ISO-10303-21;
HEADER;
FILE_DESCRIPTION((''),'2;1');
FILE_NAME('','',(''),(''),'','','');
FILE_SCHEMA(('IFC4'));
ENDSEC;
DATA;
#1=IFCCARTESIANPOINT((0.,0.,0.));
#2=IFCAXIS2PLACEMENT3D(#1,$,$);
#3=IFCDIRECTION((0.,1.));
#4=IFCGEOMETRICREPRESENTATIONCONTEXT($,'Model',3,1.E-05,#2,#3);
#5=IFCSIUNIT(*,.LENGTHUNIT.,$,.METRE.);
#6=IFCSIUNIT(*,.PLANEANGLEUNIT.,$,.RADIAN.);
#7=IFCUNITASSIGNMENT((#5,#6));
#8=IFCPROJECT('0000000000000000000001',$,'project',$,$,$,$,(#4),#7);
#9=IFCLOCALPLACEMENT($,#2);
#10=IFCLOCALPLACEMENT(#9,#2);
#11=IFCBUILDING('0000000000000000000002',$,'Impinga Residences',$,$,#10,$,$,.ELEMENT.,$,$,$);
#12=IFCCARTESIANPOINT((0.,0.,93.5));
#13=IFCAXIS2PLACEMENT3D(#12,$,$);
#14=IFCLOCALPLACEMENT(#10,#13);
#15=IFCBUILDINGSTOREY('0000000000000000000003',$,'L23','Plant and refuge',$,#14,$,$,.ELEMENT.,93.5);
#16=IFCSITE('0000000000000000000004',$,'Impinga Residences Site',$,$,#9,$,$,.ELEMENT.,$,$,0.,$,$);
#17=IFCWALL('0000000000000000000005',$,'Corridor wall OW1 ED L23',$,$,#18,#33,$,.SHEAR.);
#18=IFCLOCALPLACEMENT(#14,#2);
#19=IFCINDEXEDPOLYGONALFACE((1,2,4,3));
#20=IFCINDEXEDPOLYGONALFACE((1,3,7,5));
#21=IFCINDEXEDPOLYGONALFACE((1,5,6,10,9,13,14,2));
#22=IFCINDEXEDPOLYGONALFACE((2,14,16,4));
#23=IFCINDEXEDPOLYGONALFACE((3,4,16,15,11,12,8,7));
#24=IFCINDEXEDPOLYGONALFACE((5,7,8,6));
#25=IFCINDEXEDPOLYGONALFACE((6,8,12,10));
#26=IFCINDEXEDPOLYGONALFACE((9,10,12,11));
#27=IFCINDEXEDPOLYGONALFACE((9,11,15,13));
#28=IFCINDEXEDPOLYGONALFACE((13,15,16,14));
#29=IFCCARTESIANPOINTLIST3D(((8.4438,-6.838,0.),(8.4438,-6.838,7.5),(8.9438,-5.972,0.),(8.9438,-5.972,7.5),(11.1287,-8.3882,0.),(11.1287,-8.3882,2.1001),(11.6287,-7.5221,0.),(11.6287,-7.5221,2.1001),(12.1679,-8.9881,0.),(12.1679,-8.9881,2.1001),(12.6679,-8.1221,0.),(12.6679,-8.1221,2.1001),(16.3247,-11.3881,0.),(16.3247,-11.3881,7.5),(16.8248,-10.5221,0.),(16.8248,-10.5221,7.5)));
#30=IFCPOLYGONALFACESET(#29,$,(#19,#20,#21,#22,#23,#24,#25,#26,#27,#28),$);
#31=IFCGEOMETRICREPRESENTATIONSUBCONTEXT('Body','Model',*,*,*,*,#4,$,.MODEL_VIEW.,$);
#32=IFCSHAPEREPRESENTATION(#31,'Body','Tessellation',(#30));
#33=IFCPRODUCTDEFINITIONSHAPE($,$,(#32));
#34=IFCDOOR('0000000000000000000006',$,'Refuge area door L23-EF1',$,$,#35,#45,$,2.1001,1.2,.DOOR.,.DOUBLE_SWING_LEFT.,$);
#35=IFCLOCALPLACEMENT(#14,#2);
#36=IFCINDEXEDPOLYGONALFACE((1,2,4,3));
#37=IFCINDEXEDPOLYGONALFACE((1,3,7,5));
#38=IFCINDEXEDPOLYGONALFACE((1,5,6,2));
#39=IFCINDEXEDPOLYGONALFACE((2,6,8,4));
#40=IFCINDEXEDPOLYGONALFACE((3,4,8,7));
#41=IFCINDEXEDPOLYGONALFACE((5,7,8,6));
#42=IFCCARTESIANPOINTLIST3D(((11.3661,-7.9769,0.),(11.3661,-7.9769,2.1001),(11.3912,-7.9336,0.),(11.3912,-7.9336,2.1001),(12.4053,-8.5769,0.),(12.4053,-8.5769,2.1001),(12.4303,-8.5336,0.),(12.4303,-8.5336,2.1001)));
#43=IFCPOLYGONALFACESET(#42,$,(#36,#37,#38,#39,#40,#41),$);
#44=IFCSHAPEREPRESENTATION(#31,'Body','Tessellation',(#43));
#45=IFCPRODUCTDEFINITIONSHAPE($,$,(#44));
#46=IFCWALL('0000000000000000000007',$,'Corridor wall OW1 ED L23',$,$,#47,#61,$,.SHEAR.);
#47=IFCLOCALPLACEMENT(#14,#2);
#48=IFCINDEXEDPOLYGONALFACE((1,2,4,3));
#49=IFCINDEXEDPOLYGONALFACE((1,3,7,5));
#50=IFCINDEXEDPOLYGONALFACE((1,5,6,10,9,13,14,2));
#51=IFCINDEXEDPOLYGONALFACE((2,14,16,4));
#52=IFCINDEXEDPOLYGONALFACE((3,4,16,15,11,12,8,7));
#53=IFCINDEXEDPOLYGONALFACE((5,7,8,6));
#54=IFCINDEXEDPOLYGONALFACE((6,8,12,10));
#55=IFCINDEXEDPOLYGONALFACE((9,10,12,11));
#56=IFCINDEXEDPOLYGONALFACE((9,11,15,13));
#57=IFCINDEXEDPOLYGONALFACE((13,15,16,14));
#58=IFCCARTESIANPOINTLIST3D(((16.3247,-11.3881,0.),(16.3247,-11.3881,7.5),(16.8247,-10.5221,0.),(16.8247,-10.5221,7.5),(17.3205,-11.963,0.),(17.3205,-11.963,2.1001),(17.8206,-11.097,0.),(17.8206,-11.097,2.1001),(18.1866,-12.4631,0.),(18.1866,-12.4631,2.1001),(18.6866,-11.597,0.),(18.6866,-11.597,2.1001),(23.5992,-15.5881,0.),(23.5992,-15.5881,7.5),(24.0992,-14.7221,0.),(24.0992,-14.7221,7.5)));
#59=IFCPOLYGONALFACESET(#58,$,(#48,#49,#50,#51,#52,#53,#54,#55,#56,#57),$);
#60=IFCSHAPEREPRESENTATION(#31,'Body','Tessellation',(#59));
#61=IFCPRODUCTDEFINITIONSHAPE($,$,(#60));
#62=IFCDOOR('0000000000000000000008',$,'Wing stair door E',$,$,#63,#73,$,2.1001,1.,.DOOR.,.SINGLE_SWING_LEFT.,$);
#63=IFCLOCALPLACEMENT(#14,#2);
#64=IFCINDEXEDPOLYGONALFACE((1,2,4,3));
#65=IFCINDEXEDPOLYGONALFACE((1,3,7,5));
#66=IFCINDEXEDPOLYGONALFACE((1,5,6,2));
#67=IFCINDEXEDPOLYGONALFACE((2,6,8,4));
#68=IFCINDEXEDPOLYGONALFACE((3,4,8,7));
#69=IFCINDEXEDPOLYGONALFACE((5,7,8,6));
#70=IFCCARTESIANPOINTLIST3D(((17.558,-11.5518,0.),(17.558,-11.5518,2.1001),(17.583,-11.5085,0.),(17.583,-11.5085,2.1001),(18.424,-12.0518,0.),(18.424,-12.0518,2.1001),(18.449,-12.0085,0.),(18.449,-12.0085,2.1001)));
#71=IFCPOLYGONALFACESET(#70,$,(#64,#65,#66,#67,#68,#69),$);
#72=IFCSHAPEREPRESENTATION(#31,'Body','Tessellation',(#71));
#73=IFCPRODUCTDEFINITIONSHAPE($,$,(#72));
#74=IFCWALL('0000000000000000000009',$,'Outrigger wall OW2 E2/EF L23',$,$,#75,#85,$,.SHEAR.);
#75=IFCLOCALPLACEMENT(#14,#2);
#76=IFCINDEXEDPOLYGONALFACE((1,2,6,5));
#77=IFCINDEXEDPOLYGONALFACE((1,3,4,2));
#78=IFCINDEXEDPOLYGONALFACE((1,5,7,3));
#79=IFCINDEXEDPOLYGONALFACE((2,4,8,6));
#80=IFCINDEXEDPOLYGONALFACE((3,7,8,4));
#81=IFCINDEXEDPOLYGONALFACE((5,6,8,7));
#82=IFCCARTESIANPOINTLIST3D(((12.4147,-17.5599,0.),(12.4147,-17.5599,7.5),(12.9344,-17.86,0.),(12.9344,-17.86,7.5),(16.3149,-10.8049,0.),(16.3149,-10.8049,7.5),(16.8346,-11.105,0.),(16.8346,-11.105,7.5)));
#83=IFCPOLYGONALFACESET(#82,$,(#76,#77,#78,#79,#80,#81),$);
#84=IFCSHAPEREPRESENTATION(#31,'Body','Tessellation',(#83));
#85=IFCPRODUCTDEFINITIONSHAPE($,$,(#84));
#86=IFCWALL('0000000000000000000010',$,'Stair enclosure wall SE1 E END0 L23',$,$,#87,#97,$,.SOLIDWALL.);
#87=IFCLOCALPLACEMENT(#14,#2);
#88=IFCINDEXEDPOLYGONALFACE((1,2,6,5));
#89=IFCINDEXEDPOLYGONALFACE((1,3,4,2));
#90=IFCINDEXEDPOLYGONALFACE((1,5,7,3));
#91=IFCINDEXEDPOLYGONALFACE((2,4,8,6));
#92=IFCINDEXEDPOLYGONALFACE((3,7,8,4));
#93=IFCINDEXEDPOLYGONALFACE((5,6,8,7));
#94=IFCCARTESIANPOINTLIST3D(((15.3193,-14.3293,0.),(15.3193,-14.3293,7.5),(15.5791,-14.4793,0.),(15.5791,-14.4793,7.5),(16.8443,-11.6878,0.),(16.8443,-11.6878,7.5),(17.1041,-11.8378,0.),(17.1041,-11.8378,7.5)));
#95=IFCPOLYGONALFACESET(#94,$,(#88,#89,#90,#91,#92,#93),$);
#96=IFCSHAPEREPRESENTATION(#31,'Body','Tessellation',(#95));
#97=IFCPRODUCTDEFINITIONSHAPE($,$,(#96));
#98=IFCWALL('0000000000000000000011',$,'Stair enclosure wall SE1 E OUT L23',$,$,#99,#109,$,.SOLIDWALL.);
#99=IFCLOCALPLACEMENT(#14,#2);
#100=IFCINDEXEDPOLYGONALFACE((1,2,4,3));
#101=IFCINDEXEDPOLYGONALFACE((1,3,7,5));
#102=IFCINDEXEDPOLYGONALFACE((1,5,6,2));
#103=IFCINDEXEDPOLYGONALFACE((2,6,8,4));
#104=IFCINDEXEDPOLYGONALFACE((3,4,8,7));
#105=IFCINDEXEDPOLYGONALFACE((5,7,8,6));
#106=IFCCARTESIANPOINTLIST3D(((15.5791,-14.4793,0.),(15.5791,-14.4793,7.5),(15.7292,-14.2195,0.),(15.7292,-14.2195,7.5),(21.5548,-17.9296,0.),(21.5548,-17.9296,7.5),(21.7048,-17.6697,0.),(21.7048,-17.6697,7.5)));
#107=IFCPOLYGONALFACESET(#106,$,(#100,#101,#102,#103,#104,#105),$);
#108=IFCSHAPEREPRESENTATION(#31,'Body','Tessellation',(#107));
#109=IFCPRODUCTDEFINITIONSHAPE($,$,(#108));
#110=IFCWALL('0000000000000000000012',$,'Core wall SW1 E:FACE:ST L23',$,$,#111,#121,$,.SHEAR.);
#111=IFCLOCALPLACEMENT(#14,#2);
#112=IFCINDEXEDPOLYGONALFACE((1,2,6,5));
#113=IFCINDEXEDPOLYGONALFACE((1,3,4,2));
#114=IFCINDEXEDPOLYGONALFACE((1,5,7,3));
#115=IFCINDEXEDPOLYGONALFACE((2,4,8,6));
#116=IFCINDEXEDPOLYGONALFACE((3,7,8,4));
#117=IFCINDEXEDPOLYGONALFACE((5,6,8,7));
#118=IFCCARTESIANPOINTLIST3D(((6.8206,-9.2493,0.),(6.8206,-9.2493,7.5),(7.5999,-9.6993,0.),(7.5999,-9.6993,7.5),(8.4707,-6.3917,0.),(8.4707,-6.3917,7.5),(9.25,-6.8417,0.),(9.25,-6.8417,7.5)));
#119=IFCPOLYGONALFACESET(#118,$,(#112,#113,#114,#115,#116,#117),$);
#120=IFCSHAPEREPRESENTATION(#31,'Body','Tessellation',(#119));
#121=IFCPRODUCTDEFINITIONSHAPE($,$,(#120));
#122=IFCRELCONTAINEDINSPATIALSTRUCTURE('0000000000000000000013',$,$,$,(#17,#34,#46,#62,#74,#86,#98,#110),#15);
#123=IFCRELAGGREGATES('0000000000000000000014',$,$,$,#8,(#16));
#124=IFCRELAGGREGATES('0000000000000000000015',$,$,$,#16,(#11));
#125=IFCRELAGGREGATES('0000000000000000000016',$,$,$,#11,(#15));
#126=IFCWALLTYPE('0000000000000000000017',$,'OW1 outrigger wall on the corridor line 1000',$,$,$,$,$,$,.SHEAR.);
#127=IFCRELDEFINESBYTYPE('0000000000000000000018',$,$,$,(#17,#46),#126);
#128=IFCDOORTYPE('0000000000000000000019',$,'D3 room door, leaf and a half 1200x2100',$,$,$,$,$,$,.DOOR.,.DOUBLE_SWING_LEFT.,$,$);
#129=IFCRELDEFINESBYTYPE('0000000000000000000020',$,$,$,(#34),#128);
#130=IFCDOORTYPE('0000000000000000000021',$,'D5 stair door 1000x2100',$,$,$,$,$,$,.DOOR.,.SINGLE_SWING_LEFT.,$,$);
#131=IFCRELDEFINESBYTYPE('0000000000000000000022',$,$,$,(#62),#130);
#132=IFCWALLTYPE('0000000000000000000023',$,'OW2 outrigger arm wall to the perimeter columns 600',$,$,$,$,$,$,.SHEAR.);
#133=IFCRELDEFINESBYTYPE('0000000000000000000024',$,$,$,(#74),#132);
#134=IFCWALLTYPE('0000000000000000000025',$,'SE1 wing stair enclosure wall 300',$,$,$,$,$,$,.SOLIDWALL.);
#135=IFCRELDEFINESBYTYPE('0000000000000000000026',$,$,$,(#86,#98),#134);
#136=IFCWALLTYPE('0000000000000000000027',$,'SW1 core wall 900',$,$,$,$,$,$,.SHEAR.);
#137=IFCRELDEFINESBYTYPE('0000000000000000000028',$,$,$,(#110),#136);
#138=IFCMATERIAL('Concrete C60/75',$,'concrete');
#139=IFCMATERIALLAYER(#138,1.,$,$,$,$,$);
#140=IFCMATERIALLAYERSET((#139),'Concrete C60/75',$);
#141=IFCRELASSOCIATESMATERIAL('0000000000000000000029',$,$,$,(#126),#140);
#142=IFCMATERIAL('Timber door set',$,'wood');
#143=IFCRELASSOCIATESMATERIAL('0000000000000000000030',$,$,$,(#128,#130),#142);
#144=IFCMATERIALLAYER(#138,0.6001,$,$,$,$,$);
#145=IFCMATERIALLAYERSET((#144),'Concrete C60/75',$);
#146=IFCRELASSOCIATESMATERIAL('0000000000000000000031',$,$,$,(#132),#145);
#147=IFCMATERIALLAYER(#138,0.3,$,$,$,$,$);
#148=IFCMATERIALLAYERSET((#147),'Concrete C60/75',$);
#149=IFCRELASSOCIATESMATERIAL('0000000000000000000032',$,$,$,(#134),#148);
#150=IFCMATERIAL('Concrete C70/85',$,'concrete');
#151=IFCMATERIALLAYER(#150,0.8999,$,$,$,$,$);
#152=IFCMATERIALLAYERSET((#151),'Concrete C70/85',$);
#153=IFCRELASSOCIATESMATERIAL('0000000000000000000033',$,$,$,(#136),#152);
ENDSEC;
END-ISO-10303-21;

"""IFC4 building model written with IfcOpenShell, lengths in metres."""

from ifc_helpers import new_model, si_unit, direction, frame, frame_2d, origin, place, context, subcontext, project, spatial, rectangle, extrude, material, layer, layer_set, type_object, element, fill, save


model = new_model("IFC4")

# Units and contexts
model_context = context("Model", 3, precision=1e-05, world=origin(), true_north=direction((0.0, 1.0)))
body_context = subcontext(model_context, "Body", "Model", "MODEL_VIEW")
ifc_project = project(units=[si_unit("LENGTHUNIT", "METRE"), si_unit("PLANEANGLEUNIT", "RADIAN")], contexts=[model_context])

# Site, building, storey
site_placement = place(None, origin())
site = spatial("IfcSite", under=ifc_project, at=site_placement, Name="Impinga Residences Site", CompositionType="ELEMENT", RefElevation=0.0)
building_placement = place(site_placement, origin())
building = spatial("IfcBuilding", under=site, at=building_placement, Name="Impinga Residences", CompositionType="ELEMENT")
storey_placement = place(building_placement, frame((0.0, 0.0, 93.5)))
storey = spatial("IfcBuildingStorey", under=building, at=storey_placement, Name="L23", Description="Plant and refuge", CompositionType="ELEMENT", Elevation=93.5)

# Shared definitions
ifc_material_1 = material(Name="Concrete C70/85", Category="concrete")

# Walls, openings, doors
ifc_material_2 = material(Name="Concrete C60/75", Category="concrete")
ifc_layer_1 = layer(ifc_material_2, 1.0)
ifc_layer_set_1 = layer_set([ifc_layer_1], Name="Concrete C60/75")
wall_type_1 = type_object("IfcWallType", Name="OW1 outrigger wall on the corridor line 1000", PredefinedType="SHEAR", material=ifc_layer_set_1)
wall_1_placement = place(storey_placement, frame((8.6938, -6.405, 0.0), z_axis=(0.0, 0.0, 1.0), x_axis=(0.866024, -0.500003, 0.0)))
wall_1 = element("IfcWall", 1, at=wall_1_placement, inside=storey, type_object=wall_type_1, Name="Corridor wall OW1 ED L23", PredefinedType="SHEAR", context=body_context, shape_type="SweptSolid", body=[
    extrude(rectangle(XDim=9.1001, YDim=1.0, at=frame_2d((4.55, 0.0))), origin(), (0.0, 0.0, 1.0), 7.5),
])
opening_1_placement = place(wall_1_placement, frame((3.1001, 0.0, 0.0)))
opening_1 = element("IfcOpeningElement", 2, at=opening_1_placement, cuts=wall_1, PredefinedType="OPENING", context=body_context, shape_type="SweptSolid", body=[
    extrude(rectangle(XDim=1.2, YDim=2.1001, at=frame_2d((0.6001, 1.05))), frame((0.0, 0.51, 0.0), z_axis=(0.0, -1.0, 0.0), x_axis=(1.0, 0.0, 0.0)), (0.0, 0.0, 1.0), 1.02),
])
ifc_material_3 = material(Name="Timber door set", Category="wood")
door_type_1 = type_object("IfcDoorType", Name="D3 room door, leaf and a half 1200x2100", OperationType="DOUBLE_SWING_LEFT", PredefinedType="DOOR", material=ifc_material_3)
door_1_placement = place(opening_1_placement, origin())
door_1 = element("IfcDoor", 3, at=door_1_placement, inside=storey, type_object=door_type_1, Name="Refuge area door L23-EF1", OperationType="DOUBLE_SWING_LEFT", OverallHeight=2.1001, OverallWidth=1.2, PredefinedType="DOOR", context=body_context, shape_type="SweptSolid", body=[
    extrude(rectangle(XDim=1.2, YDim=2.1001, at=frame_2d((0.6001, 1.05))), frame((0.0, 0.0249, 0.0), z_axis=(0.0, -1.0, 0.0), x_axis=(1.0, 0.0, 0.0)), (0.0, 0.0, 1.0), 0.05),
])
fill(opening_1, door_1)
wall_2_placement = place(storey_placement, frame((16.5747, -10.9551, 0.0), z_axis=(0.0, 0.0, 1.0), x_axis=(0.866022, -0.500006, 0.0)))
wall_2 = element("IfcWall", 4, at=wall_2_placement, inside=storey, type_object=wall_type_1, Name="Corridor wall OW1 ED L23", PredefinedType="SHEAR", context=body_context, shape_type="SweptSolid", body=[
    extrude(rectangle(XDim=8.3999, YDim=1.0, at=frame_2d((4.2, 0.0))), origin(), (0.0, 0.0, 1.0), 7.5),
])
opening_2_placement = place(wall_2_placement, frame((1.1499, 0.0, 0.0)))
opening_2 = element("IfcOpeningElement", 5, at=opening_2_placement, cuts=wall_2, PredefinedType="OPENING", context=body_context, shape_type="SweptSolid", body=[
    extrude(rectangle(XDim=1.0, YDim=2.1001, at=frame_2d((0.5, 1.05))), frame((0.0, 0.51, 0.0), z_axis=(0.0, -1.0, 0.0), x_axis=(1.0, 0.0, 0.0)), (0.0, 0.0, 1.0), 1.02),
])
door_type_2 = type_object("IfcDoorType", Name="D5 stair door 1000x2100", OperationType="SINGLE_SWING_LEFT", PredefinedType="DOOR", material=ifc_material_3)
door_2_placement = place(opening_2_placement, origin())
door_2 = element("IfcDoor", 6, at=door_2_placement, inside=storey, type_object=door_type_2, Name="Wing stair door E", OperationType="SINGLE_SWING_LEFT", OverallHeight=2.1001, OverallWidth=1.0, PredefinedType="DOOR", context=body_context, shape_type="SweptSolid", body=[
    extrude(rectangle(XDim=1.0, YDim=2.1001, at=frame_2d((0.5, 1.05))), frame((0.0, 0.0249, 0.0), z_axis=(0.0, -1.0, 0.0), x_axis=(1.0, 0.0, 0.0)), (0.0, 0.0, 1.0), 0.05),
])
fill(opening_2, door_2)

# Walls
ifc_layer_2 = layer(ifc_material_2, 0.6001)
ifc_layer_set_2 = layer_set([ifc_layer_2], Name="Concrete C60/75")
wall_type_2 = type_object("IfcWallType", Name="OW2 outrigger arm wall to the perimeter columns 600", PredefinedType="SHEAR", material=ifc_layer_set_2)
wall_3_placement = place(storey_placement, frame((16.5747, -10.9551, 0.0), z_axis=(0.0, 0.0, 1.0), x_axis=(-0.50002, -0.866014, 0.0)))
element("IfcWall", 7, at=wall_3_placement, inside=storey, type_object=wall_type_2, Name="Outrigger wall OW2 E2/EF L23", PredefinedType="SHEAR", context=body_context, shape_type="SweptSolid", body=[
    extrude(rectangle(XDim=7.8, YDim=0.6001, at=frame_2d((3.8999, 0.0))), origin(), (0.0, 0.0, 1.0), 7.5),
])
ifc_layer_3 = layer(ifc_material_2, 0.3)
ifc_layer_set_3 = layer_set([ifc_layer_3], Name="Concrete C60/75")
wall_type_3 = type_object("IfcWallType", Name="SE1 wing stair enclosure wall 300", PredefinedType="SOLIDWALL", material=ifc_layer_set_3)
wall_4_placement = place(storey_placement, frame((16.9741, -11.7629, 0.0), z_axis=(0.0, 0.0, 1.0), x_axis=(-0.499979, -0.866038, 0.0)))
element("IfcWall", 8, at=wall_4_placement, inside=storey, type_object=wall_type_3, Name="Stair enclosure wall SE1 E END0 L23", PredefinedType="SOLIDWALL", context=body_context, shape_type="SweptSolid", body=[
    extrude(rectangle(XDim=3.05, YDim=0.3, at=frame_2d((1.5249, 0.0))), origin(), (0.0, 0.0, 1.0), 7.5),
])
wall_5_placement = place(storey_placement, frame((15.6541, -14.3494, 0.0), z_axis=(0.0, 0.0, 1.0), x_axis=(0.866014, -0.500021, 0.0)))
element("IfcWall", 9, at=wall_5_placement, inside=storey, type_object=wall_type_3, Name="Stair enclosure wall SE1 E OUT L23", PredefinedType="SOLIDWALL", context=body_context, shape_type="SweptSolid", body=[
    extrude(rectangle(XDim=6.9001, YDim=0.3, at=frame_2d((3.4502, 0.0))), origin(), (0.0, 0.0, 1.0), 7.5),
])
ifc_layer_4 = layer(ifc_material_1, 0.8999)
ifc_layer_set_4 = layer_set([ifc_layer_4], Name="Concrete C70/85")
wall_type_4 = type_object("IfcWallType", Name="SW1 core wall 900", PredefinedType="SHEAR", material=ifc_layer_set_4)
wall_6_placement = place(storey_placement, frame((8.8604, -6.6167, 0.0), z_axis=(0.0, 0.0, 1.0), x_axis=(-0.500062, -0.86599, 0.0)))
element("IfcWall", 10, at=wall_6_placement, inside=storey, type_object=wall_type_4, Name="Core wall SW1 E:FACE:ST L23", PredefinedType="SHEAR", context=body_context, shape_type="SweptSolid", body=[
    extrude(rectangle(XDim=3.2998, YDim=0.8999, at=frame_2d((1.6499, 0.0))), origin(), (0.0, 0.0, 1.0), 7.5),
])

save(model, "model.ifc")
